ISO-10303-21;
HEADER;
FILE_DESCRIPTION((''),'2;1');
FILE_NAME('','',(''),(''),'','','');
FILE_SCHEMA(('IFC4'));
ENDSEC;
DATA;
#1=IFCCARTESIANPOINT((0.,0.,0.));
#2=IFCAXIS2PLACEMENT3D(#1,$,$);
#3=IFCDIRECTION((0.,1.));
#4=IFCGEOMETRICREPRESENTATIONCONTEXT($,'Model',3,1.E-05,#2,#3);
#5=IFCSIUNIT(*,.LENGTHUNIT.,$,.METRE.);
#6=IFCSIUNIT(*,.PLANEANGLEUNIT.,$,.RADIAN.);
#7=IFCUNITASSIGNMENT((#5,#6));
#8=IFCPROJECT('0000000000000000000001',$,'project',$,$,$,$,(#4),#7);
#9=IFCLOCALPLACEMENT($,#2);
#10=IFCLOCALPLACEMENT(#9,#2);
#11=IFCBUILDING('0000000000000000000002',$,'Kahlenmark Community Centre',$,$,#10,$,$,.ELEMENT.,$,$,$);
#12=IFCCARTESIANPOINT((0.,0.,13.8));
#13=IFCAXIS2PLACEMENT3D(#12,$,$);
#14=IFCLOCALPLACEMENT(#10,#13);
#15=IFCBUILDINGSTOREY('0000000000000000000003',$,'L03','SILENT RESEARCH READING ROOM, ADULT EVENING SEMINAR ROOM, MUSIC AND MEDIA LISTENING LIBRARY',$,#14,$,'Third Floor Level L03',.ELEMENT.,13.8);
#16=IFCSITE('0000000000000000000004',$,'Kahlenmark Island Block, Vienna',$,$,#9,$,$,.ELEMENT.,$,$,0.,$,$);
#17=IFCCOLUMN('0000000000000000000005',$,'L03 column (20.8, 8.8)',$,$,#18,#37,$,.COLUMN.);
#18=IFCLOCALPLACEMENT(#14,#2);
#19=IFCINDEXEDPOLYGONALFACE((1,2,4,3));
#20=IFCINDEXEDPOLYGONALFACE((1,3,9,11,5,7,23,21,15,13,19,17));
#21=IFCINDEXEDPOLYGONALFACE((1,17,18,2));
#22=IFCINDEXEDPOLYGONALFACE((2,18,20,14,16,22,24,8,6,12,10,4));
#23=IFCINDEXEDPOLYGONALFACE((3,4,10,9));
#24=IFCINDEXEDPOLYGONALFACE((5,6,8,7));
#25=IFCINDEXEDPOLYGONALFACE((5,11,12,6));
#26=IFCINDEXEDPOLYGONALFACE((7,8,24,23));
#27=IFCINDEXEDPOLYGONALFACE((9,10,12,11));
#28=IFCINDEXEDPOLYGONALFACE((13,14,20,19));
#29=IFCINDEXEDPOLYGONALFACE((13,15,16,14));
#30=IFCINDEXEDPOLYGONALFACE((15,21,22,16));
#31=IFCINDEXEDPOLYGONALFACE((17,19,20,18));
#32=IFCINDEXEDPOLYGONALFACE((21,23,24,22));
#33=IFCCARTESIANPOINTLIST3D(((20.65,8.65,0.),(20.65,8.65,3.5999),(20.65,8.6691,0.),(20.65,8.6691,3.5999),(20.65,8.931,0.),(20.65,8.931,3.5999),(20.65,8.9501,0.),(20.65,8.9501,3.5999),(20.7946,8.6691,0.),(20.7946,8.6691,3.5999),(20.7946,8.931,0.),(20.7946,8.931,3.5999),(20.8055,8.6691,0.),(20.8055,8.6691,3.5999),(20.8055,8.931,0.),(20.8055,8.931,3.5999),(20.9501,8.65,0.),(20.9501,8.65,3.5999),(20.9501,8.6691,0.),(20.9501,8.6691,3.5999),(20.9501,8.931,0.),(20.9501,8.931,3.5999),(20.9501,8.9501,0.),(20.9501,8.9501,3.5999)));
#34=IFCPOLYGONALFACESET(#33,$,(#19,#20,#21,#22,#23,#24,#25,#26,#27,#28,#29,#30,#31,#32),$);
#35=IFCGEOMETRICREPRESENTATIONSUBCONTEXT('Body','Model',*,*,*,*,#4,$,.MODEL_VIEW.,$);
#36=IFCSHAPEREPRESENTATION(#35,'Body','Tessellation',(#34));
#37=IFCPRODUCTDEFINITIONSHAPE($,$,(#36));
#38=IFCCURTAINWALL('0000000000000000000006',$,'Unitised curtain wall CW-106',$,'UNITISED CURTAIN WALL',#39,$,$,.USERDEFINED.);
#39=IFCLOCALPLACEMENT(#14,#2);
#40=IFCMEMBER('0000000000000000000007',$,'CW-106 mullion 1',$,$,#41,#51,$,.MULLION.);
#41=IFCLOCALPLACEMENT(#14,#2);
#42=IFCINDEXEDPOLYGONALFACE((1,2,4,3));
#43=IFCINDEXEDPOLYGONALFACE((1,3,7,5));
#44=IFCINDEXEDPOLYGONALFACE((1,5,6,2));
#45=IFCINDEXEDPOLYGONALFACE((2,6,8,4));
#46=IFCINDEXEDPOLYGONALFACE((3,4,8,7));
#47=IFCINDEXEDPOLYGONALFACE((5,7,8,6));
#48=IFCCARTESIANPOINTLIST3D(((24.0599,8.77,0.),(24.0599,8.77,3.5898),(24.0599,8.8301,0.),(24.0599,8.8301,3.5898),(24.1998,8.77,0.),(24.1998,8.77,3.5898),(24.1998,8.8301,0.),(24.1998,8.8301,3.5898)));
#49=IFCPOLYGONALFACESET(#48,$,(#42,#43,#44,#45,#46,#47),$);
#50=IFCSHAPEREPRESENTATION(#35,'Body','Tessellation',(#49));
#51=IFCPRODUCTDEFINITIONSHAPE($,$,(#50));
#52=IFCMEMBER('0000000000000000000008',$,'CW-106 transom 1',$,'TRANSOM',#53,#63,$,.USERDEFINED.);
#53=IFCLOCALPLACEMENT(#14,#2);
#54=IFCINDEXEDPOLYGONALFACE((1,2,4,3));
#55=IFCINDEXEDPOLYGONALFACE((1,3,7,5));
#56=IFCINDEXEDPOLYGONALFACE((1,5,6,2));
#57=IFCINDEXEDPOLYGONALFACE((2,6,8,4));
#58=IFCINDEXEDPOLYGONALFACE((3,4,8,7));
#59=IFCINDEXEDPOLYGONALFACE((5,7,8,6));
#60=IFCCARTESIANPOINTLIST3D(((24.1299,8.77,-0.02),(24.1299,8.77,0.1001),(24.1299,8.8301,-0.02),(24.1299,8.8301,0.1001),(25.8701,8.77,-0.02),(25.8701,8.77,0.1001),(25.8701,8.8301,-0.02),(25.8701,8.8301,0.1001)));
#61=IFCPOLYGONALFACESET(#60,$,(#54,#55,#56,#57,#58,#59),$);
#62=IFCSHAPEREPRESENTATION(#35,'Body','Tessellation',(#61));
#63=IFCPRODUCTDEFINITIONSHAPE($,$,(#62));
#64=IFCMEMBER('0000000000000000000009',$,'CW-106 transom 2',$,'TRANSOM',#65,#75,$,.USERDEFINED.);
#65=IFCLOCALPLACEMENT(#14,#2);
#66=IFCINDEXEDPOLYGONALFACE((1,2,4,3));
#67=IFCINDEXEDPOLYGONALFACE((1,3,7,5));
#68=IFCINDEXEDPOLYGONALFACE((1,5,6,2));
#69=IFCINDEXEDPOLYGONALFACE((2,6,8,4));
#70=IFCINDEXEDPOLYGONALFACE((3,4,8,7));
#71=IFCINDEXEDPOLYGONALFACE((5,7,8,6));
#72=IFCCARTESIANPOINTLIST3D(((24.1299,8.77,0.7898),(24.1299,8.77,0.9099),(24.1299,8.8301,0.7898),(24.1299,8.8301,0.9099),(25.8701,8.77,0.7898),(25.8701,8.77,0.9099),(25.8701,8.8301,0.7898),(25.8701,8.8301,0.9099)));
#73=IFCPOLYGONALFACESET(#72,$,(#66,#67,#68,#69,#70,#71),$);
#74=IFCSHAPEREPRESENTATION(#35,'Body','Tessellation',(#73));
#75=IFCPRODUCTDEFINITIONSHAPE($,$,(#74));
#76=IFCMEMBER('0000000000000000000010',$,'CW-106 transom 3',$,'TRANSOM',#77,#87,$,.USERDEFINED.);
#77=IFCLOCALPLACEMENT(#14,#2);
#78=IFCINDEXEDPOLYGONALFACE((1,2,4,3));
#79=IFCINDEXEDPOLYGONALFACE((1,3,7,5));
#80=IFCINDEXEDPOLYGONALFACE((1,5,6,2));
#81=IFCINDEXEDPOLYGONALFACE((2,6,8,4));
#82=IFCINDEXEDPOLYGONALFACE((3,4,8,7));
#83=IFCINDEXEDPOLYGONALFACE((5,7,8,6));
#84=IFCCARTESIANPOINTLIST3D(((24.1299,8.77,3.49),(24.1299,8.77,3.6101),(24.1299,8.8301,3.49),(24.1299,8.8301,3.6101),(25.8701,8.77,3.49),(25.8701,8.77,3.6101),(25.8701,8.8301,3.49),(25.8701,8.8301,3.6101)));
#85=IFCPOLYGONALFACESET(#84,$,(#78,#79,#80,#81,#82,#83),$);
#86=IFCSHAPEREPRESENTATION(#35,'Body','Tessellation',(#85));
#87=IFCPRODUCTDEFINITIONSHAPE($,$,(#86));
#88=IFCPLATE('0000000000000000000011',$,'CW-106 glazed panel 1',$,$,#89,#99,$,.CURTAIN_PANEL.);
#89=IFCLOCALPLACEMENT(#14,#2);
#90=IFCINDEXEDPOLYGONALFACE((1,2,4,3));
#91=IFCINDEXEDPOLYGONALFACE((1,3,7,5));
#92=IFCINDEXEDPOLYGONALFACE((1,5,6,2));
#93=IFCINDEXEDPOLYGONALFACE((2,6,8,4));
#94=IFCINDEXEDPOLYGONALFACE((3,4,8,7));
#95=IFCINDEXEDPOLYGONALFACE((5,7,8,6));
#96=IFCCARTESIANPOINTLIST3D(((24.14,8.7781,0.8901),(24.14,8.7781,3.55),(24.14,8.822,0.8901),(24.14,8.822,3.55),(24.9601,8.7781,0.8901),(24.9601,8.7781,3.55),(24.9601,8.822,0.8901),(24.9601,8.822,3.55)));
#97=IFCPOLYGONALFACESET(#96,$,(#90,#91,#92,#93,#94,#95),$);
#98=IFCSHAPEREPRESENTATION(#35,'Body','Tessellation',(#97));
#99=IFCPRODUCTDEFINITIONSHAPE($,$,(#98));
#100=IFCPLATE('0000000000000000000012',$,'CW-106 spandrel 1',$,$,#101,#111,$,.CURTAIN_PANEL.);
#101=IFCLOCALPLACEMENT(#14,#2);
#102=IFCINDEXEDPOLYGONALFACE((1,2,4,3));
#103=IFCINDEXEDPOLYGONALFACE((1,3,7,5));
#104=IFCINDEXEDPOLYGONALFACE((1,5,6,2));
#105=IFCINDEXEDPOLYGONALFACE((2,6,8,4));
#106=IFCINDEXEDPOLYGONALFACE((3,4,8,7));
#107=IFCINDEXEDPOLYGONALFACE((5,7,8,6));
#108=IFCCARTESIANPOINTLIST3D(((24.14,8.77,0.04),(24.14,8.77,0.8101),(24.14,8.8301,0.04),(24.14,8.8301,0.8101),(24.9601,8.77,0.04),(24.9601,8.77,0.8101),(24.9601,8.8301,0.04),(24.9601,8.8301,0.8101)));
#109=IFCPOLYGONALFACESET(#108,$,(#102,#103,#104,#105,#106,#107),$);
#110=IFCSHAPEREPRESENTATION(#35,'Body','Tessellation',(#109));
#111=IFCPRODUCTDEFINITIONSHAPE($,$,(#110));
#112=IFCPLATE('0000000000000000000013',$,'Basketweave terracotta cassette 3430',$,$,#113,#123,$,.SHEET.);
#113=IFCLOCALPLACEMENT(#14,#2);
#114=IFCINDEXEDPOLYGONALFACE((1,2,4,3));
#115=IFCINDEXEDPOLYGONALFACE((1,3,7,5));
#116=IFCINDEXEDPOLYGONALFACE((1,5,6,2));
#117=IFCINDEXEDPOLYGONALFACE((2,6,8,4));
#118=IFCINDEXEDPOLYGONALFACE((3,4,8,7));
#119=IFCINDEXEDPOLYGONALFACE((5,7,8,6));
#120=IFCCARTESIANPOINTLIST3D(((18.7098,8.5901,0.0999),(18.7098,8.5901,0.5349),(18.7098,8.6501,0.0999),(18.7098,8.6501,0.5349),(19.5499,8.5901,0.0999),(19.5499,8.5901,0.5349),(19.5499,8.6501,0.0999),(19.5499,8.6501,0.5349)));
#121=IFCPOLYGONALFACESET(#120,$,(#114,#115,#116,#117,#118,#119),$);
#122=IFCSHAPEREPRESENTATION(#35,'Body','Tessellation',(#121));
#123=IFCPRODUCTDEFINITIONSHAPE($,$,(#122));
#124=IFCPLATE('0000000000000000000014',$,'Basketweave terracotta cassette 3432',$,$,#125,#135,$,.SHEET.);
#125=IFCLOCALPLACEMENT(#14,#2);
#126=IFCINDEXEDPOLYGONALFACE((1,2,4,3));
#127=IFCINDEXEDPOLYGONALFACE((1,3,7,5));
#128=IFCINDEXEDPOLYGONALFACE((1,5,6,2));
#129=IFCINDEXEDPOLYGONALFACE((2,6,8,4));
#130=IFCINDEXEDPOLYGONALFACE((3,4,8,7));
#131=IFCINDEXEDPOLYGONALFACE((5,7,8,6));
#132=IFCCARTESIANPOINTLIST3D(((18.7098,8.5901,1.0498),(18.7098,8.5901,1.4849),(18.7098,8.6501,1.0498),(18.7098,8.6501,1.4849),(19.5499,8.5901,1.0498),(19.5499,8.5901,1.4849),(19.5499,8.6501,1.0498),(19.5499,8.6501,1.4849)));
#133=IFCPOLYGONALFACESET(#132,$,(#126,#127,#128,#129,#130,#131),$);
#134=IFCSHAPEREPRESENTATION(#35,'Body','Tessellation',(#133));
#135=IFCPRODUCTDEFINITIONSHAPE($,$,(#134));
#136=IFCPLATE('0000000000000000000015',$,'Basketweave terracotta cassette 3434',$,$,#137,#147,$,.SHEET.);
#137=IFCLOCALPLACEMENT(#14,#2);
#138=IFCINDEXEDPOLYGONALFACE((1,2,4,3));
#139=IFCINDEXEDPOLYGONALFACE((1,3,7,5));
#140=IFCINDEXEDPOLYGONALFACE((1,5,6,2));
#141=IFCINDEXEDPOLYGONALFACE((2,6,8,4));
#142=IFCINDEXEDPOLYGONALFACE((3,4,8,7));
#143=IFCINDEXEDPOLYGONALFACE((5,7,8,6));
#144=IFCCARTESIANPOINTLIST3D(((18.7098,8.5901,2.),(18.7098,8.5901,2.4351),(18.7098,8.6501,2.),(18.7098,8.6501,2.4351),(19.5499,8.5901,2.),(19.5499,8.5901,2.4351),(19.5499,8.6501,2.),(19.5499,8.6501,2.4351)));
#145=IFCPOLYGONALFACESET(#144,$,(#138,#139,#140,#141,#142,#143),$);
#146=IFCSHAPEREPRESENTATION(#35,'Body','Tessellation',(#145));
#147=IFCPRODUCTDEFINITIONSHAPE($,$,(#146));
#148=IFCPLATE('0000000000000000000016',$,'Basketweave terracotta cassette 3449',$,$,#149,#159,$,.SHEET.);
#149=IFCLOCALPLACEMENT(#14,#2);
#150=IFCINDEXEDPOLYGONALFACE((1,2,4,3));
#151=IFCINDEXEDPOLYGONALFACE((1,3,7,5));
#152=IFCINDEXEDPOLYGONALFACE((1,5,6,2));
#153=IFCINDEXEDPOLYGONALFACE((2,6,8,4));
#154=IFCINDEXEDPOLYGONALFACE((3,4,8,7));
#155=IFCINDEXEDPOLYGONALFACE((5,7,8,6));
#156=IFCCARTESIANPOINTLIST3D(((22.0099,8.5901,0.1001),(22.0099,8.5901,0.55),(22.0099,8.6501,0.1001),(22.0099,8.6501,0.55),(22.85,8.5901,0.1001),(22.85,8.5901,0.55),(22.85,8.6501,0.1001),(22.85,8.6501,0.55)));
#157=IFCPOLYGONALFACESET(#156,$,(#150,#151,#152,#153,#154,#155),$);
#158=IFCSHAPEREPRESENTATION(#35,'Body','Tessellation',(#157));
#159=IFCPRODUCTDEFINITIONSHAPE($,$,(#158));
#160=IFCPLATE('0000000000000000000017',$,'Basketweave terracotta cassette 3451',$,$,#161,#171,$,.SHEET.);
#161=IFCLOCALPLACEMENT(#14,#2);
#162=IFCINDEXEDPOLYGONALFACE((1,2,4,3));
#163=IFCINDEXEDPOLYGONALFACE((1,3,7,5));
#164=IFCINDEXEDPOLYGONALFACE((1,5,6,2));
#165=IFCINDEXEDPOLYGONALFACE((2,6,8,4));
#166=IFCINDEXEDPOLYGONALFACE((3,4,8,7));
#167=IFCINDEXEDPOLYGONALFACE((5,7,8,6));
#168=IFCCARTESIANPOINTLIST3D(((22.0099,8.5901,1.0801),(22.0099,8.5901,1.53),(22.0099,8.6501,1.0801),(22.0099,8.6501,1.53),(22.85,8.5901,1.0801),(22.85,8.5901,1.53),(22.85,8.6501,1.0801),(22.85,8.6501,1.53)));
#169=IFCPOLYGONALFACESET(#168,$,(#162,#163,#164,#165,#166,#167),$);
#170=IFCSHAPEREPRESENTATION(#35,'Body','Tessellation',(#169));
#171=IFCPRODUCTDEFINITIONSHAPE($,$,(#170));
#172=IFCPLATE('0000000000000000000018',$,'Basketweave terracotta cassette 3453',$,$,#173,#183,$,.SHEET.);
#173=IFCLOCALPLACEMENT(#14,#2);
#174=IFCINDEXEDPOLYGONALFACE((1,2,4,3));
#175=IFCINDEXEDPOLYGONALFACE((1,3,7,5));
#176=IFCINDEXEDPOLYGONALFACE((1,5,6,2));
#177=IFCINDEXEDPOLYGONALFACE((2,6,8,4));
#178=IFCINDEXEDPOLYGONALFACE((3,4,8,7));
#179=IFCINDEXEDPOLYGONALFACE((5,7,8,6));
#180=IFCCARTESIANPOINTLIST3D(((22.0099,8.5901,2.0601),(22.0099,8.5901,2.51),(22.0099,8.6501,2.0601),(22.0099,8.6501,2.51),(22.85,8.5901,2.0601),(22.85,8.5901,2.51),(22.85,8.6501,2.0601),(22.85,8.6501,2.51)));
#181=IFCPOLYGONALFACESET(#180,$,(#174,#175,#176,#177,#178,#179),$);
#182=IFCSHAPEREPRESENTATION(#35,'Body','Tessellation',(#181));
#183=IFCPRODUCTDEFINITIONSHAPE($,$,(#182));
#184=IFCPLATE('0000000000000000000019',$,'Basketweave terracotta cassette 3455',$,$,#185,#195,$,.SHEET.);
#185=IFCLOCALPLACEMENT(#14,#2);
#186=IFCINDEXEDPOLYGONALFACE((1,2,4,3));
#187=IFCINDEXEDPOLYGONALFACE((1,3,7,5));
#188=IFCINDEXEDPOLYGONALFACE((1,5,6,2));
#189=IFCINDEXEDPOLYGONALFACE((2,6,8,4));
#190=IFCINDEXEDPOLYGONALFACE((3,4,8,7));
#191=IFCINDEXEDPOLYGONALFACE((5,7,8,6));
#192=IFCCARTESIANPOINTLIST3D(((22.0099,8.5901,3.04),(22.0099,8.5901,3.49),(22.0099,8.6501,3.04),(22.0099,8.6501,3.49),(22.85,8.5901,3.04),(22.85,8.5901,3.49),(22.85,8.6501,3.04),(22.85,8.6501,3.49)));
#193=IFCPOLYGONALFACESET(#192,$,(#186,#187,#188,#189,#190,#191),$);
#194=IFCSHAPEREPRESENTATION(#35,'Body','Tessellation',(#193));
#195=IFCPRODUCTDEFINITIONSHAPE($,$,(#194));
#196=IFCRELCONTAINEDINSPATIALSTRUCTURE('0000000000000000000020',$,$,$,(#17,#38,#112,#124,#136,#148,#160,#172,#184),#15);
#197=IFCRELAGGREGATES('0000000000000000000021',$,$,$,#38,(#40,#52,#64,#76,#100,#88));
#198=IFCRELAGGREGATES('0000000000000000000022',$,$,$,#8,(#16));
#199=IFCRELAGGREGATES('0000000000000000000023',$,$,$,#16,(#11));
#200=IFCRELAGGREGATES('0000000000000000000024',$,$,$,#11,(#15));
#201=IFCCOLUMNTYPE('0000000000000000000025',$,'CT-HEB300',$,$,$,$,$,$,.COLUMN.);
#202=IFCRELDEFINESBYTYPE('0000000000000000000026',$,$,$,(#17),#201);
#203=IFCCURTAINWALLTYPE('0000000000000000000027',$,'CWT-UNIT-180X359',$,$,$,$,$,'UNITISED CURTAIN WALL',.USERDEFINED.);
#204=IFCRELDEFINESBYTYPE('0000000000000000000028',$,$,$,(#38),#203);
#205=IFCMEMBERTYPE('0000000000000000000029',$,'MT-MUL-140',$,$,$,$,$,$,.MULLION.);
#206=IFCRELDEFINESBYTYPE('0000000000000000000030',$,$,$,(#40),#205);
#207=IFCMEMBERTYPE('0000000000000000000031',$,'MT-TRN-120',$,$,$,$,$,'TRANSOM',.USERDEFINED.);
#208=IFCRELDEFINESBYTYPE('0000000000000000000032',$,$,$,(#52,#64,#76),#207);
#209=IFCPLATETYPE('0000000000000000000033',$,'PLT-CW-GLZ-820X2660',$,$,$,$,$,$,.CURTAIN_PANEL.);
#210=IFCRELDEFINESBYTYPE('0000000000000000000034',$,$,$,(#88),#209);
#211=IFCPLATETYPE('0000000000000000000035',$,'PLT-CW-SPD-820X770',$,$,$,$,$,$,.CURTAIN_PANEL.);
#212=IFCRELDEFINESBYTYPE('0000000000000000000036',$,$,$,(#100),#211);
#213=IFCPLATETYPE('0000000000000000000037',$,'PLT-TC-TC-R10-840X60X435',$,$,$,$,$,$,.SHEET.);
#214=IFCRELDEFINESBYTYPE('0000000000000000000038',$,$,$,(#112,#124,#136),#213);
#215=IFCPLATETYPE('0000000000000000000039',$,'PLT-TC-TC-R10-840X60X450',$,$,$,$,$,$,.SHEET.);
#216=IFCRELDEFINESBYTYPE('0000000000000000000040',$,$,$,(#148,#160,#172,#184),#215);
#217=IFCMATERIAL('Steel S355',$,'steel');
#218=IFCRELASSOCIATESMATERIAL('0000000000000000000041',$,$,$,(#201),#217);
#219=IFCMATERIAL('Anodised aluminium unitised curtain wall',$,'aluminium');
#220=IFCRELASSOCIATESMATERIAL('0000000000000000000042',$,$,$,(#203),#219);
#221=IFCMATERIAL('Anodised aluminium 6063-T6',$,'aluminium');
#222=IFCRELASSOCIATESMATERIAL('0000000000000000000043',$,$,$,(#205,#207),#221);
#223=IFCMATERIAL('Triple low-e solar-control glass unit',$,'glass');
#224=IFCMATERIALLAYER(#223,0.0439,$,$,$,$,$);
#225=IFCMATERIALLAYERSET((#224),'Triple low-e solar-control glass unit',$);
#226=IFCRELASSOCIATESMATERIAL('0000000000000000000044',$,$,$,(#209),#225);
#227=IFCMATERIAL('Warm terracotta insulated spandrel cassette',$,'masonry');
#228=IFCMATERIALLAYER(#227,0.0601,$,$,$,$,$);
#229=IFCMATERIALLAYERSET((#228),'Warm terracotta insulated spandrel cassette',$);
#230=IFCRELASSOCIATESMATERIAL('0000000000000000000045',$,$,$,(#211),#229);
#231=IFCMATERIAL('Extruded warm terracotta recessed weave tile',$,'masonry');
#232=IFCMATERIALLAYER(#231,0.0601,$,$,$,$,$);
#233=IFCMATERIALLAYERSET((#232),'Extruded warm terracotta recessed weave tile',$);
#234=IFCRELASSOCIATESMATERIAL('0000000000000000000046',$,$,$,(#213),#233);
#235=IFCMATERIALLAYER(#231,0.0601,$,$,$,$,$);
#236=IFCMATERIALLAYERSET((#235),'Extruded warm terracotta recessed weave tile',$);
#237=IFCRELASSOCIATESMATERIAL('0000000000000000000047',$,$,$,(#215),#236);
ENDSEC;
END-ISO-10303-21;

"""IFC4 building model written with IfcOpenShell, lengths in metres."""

from ifc_helpers import new_model, si_unit, direction, frame, origin, origin_2d, place, context, subcontext, project, spatial, rectangle, i_section, extrude, material, layer, layer_set, material_profile, profile_set, type_object, element, aggregate, save


model = new_model("IFC4")

# Units and contexts
model_context = context("Model", 3, precision=1e-05, world=origin(), true_north=direction((0.0, 1.0)))
body_context = subcontext(model_context, "Body", "Model", "MODEL_VIEW")
ifc_project = project(units=[si_unit("LENGTHUNIT", "METRE"), si_unit("PLANEANGLEUNIT", "RADIAN")], contexts=[model_context])

# Site, building, storey
site_placement = place(None, origin())
site = spatial("IfcSite", under=ifc_project, at=site_placement, Name="Kahlenmark Island Block, Vienna", CompositionType="ELEMENT", RefElevation=0.0)
building_placement = place(site_placement, origin())
building = spatial("IfcBuilding", under=site, at=building_placement, Name="Kahlenmark Community Centre", CompositionType="ELEMENT")
storey_placement = place(building_placement, frame((0.0, 0.0, 13.8)))
storey = spatial("IfcBuildingStorey", under=building, at=storey_placement, Name="L03", Description="SILENT RESEARCH READING ROOM, ADULT EVENING SEMINAR ROOM, MUSIC AND MEDIA LISTENING LIBRARY", LongName="Third Floor Level L03", CompositionType="ELEMENT", Elevation=13.8)

# Column
ifc_material_1 = material(Name="Steel S355", Category="steel")
ifc_material_profile_1 = material_profile(ifc_material_1, i_section(OverallWidth=0.3, OverallDepth=0.3, WebThickness=0.011, FlangeThickness=0.019, at=origin_2d()), Name="HEB 300")
ifc_profile_set_1 = profile_set([ifc_material_profile_1], Name="Steel S355")
column_type = type_object("IfcColumnType", Name="CT-HEB300", PredefinedType="COLUMN", material=ifc_profile_set_1)
column_placement = place(storey_placement, frame((20.8, 8.8, 0.0), z_axis=(0.0, 0.0, 1.0), x_axis=(1.0, 0.0, 0.0)))
element("IfcColumn", 1, at=column_placement, inside=storey, type_object=column_type, Name="L03 column (20.8, 8.8)", PredefinedType="COLUMN", context=body_context, shape_type="SweptSolid", body=[
    extrude(i_section(OverallWidth=0.3, OverallDepth=0.3, WebThickness=0.011, FlangeThickness=0.019, at=origin_2d()), origin(), (0.0, 0.0, 1.0), 3.5999),
])

# Curtain wall, members, plates
ifc_material_2 = material(Name="Anodised aluminium unitised curtain wall", Category="aluminium")
curtain_wall_type = type_object("IfcCurtainWallType", Name="CWT-UNIT-180X359", ElementType="UNITISED CURTAIN WALL", PredefinedType="USERDEFINED", material=ifc_material_2)
curtain_wall_placement = place(storey_placement, origin())
curtain_wall = element("IfcCurtainWall", 2, at=curtain_wall_placement, inside=storey, type_object=curtain_wall_type, Name="Unitised curtain wall CW-106", ObjectType="UNITISED CURTAIN WALL", PredefinedType="USERDEFINED")
ifc_material_3 = material(Name="Anodised aluminium 6063-T6", Category="aluminium")
ifc_material_profile_2 = material_profile(ifc_material_3, rectangle(XDim=0.0601, YDim=0.1399, at=origin_2d()), Name="ALU MULLION 60x140")
ifc_profile_set_2 = profile_set([ifc_material_profile_2], Name="Anodised aluminium 6063-T6")
member_type_1 = type_object("IfcMemberType", Name="MT-MUL-140", PredefinedType="MULLION", material=ifc_profile_set_2)
member_1_placement = place(storey_placement, frame((24.1299, 8.8, 0.0), z_axis=(0.0, 0.0, 1.0), x_axis=(0.0, 1.0, 0.0)))
member_1 = element("IfcMember", 3, at=member_1_placement, type_object=member_type_1, Name="CW-106 mullion 1", PredefinedType="MULLION", context=body_context, shape_type="SweptSolid", body=[
    extrude(rectangle(XDim=0.0601, YDim=0.1399, at=origin_2d()), origin(), (0.0, 0.0, 1.0), 3.5898),
])
ifc_material_profile_3 = material_profile(ifc_material_3, rectangle(XDim=0.0601, YDim=0.1201, at=origin_2d()), Name="ALU TRANSOM 60x120")
ifc_profile_set_3 = profile_set([ifc_material_profile_3], Name="Anodised aluminium 6063-T6")
member_type_2 = type_object("IfcMemberType", Name="MT-TRN-120", ElementType="TRANSOM", PredefinedType="USERDEFINED", material=ifc_profile_set_3)
member_2_placement = place(storey_placement, frame((24.1299, 8.8, 0.04), z_axis=(1.0, 0.0, 0.0), x_axis=(0.0, 1.0, 0.0)))
member_2 = element("IfcMember", 4, at=member_2_placement, type_object=member_type_2, Name="CW-106 transom 1", ObjectType="TRANSOM", PredefinedType="USERDEFINED", context=body_context, shape_type="SweptSolid", body=[
    extrude(rectangle(XDim=0.0601, YDim=0.1201, at=origin_2d()), origin(), (0.0, 0.0, 1.0), 1.7402),
])
member_3_placement = place(storey_placement, frame((24.1299, 8.8, 0.8499), z_axis=(1.0, 0.0, 0.0), x_axis=(0.0, 1.0, 0.0)))
member_3 = element("IfcMember", 5, at=member_3_placement, type_object=member_type_2, Name="CW-106 transom 2", ObjectType="TRANSOM", PredefinedType="USERDEFINED", context=body_context, shape_type="SweptSolid", body=[
    extrude(rectangle(XDim=0.0601, YDim=0.1201, at=origin_2d()), origin(), (0.0, 0.0, 1.0), 1.7402),
])
member_4_placement = place(storey_placement, frame((24.1299, 8.8, 3.55), z_axis=(1.0, 0.0, 0.0), x_axis=(0.0, 1.0, 0.0)))
member_4 = element("IfcMember", 6, at=member_4_placement, type_object=member_type_2, Name="CW-106 transom 3", ObjectType="TRANSOM", PredefinedType="USERDEFINED", context=body_context, shape_type="SweptSolid", body=[
    extrude(rectangle(XDim=0.0601, YDim=0.1201, at=origin_2d()), origin(), (0.0, 0.0, 1.0), 1.7402),
])
ifc_material_4 = material(Name="Triple low-e solar-control glass unit", Category="glass")
ifc_layer_1 = layer(ifc_material_4, 0.0439)
ifc_layer_set_1 = layer_set([ifc_layer_1], Name="Triple low-e solar-control glass unit")
plate_type_1 = type_object("IfcPlateType", Name="PLT-CW-GLZ-820X2660", PredefinedType="CURTAIN_PANEL", material=ifc_layer_set_1)
plate_1_placement = place(storey_placement, frame((24.55, 8.8, 0.8901), z_axis=(0.0, 0.0, 1.0), x_axis=(1.0, 0.0, 0.0)))
plate_1 = element("IfcPlate", 7, at=plate_1_placement, type_object=plate_type_1, Name="CW-106 glazed panel 1", PredefinedType="CURTAIN_PANEL", context=body_context, shape_type="SweptSolid", body=[
    extrude(rectangle(XDim=0.8201, YDim=0.0439, at=origin_2d()), origin(), (0.0, 0.0, 1.0), 2.6599),
])
ifc_material_5 = material(Name="Warm terracotta insulated spandrel cassette", Category="masonry")
ifc_layer_2 = layer(ifc_material_5, 0.0601)
ifc_layer_set_2 = layer_set([ifc_layer_2], Name="Warm terracotta insulated spandrel cassette")
plate_type_2 = type_object("IfcPlateType", Name="PLT-CW-SPD-820X770", PredefinedType="CURTAIN_PANEL", material=ifc_layer_set_2)
plate_2_placement = place(storey_placement, frame((24.55, 8.8, 0.04), z_axis=(0.0, 0.0, 1.0), x_axis=(1.0, 0.0, 0.0)))
plate_2 = element("IfcPlate", 8, at=plate_2_placement, type_object=plate_type_2, Name="CW-106 spandrel 1", PredefinedType="CURTAIN_PANEL", context=body_context, shape_type="SweptSolid", body=[
    extrude(rectangle(XDim=0.8201, YDim=0.0601, at=origin_2d()), origin(), (0.0, 0.0, 1.0), 0.77),
])
aggregate(curtain_wall, [member_1, member_2, member_3, member_4, plate_2, plate_1])

# Plates
ifc_material_6 = material(Name="Extruded warm terracotta recessed weave tile", Category="masonry")
ifc_layer_3 = layer(ifc_material_6, 0.0601)
ifc_layer_set_3 = layer_set([ifc_layer_3], Name="Extruded warm terracotta recessed weave tile")
plate_type_3 = type_object("IfcPlateType", Name="PLT-TC-TC-R10-840X60X435", PredefinedType="SHEET", material=ifc_layer_set_3)
for number, where, z_axis, x_axis, name in (
    (9, (19.1299, 8.6201, 0.0999), (0.0, 0.0, 1.0), (1.0, 0.0, 0.0), "Basketweave terracotta cassette 3430"),
    (10, (19.1299, 8.6201, 1.0498), (0.0, 0.0, 1.0), (1.0, 0.0, 0.0), "Basketweave terracotta cassette 3432"),
    (11, (19.1299, 8.6201, 2.0), (0.0, 0.0, 1.0), (1.0, 0.0, 0.0), "Basketweave terracotta cassette 3434"),
):
    element("IfcPlate", number, at=place(storey_placement, frame(where, z_axis=z_axis, x_axis=x_axis)), inside=storey, type_object=plate_type_3, Name=name, PredefinedType="SHEET", context=body_context, shape_type="SweptSolid", body=[
        extrude(rectangle(XDim=0.8401, YDim=0.0601, at=origin_2d()), origin(), (0.0, 0.0, 1.0), 0.4351),
    ])
ifc_layer_4 = layer(ifc_material_6, 0.0601)
ifc_layer_set_4 = layer_set([ifc_layer_4], Name="Extruded warm terracotta recessed weave tile")
plate_type_4 = type_object("IfcPlateType", Name="PLT-TC-TC-R10-840X60X450", PredefinedType="SHEET", material=ifc_layer_set_4)
for number, where, z_axis, x_axis, name in (
    (12, (22.4299, 8.6201, 0.1001), (0.0, 0.0, 1.0), (1.0, 0.0, 0.0), "Basketweave terracotta cassette 3449"),
    (13, (22.4299, 8.6201, 1.0801), (0.0, 0.0, 1.0), (1.0, 0.0, 0.0), "Basketweave terracotta cassette 3451"),
    (14, (22.4299, 8.6201, 2.0601), (0.0, 0.0, 1.0), (1.0, 0.0, 0.0), "Basketweave terracotta cassette 3453"),
    (15, (22.4299, 8.6201, 3.04), (0.0, 0.0, 1.0), (1.0, 0.0, 0.0), "Basketweave terracotta cassette 3455"),
):
    element("IfcPlate", number, at=place(storey_placement, frame(where, z_axis=z_axis, x_axis=x_axis)), inside=storey, type_object=plate_type_4, Name=name, PredefinedType="SHEET", context=body_context, shape_type="SweptSolid", body=[
        extrude(rectangle(XDim=0.8401, YDim=0.0601, at=origin_2d()), origin(), (0.0, 0.0, 1.0), 0.45),
    ])

save(model, "model.ifc")
